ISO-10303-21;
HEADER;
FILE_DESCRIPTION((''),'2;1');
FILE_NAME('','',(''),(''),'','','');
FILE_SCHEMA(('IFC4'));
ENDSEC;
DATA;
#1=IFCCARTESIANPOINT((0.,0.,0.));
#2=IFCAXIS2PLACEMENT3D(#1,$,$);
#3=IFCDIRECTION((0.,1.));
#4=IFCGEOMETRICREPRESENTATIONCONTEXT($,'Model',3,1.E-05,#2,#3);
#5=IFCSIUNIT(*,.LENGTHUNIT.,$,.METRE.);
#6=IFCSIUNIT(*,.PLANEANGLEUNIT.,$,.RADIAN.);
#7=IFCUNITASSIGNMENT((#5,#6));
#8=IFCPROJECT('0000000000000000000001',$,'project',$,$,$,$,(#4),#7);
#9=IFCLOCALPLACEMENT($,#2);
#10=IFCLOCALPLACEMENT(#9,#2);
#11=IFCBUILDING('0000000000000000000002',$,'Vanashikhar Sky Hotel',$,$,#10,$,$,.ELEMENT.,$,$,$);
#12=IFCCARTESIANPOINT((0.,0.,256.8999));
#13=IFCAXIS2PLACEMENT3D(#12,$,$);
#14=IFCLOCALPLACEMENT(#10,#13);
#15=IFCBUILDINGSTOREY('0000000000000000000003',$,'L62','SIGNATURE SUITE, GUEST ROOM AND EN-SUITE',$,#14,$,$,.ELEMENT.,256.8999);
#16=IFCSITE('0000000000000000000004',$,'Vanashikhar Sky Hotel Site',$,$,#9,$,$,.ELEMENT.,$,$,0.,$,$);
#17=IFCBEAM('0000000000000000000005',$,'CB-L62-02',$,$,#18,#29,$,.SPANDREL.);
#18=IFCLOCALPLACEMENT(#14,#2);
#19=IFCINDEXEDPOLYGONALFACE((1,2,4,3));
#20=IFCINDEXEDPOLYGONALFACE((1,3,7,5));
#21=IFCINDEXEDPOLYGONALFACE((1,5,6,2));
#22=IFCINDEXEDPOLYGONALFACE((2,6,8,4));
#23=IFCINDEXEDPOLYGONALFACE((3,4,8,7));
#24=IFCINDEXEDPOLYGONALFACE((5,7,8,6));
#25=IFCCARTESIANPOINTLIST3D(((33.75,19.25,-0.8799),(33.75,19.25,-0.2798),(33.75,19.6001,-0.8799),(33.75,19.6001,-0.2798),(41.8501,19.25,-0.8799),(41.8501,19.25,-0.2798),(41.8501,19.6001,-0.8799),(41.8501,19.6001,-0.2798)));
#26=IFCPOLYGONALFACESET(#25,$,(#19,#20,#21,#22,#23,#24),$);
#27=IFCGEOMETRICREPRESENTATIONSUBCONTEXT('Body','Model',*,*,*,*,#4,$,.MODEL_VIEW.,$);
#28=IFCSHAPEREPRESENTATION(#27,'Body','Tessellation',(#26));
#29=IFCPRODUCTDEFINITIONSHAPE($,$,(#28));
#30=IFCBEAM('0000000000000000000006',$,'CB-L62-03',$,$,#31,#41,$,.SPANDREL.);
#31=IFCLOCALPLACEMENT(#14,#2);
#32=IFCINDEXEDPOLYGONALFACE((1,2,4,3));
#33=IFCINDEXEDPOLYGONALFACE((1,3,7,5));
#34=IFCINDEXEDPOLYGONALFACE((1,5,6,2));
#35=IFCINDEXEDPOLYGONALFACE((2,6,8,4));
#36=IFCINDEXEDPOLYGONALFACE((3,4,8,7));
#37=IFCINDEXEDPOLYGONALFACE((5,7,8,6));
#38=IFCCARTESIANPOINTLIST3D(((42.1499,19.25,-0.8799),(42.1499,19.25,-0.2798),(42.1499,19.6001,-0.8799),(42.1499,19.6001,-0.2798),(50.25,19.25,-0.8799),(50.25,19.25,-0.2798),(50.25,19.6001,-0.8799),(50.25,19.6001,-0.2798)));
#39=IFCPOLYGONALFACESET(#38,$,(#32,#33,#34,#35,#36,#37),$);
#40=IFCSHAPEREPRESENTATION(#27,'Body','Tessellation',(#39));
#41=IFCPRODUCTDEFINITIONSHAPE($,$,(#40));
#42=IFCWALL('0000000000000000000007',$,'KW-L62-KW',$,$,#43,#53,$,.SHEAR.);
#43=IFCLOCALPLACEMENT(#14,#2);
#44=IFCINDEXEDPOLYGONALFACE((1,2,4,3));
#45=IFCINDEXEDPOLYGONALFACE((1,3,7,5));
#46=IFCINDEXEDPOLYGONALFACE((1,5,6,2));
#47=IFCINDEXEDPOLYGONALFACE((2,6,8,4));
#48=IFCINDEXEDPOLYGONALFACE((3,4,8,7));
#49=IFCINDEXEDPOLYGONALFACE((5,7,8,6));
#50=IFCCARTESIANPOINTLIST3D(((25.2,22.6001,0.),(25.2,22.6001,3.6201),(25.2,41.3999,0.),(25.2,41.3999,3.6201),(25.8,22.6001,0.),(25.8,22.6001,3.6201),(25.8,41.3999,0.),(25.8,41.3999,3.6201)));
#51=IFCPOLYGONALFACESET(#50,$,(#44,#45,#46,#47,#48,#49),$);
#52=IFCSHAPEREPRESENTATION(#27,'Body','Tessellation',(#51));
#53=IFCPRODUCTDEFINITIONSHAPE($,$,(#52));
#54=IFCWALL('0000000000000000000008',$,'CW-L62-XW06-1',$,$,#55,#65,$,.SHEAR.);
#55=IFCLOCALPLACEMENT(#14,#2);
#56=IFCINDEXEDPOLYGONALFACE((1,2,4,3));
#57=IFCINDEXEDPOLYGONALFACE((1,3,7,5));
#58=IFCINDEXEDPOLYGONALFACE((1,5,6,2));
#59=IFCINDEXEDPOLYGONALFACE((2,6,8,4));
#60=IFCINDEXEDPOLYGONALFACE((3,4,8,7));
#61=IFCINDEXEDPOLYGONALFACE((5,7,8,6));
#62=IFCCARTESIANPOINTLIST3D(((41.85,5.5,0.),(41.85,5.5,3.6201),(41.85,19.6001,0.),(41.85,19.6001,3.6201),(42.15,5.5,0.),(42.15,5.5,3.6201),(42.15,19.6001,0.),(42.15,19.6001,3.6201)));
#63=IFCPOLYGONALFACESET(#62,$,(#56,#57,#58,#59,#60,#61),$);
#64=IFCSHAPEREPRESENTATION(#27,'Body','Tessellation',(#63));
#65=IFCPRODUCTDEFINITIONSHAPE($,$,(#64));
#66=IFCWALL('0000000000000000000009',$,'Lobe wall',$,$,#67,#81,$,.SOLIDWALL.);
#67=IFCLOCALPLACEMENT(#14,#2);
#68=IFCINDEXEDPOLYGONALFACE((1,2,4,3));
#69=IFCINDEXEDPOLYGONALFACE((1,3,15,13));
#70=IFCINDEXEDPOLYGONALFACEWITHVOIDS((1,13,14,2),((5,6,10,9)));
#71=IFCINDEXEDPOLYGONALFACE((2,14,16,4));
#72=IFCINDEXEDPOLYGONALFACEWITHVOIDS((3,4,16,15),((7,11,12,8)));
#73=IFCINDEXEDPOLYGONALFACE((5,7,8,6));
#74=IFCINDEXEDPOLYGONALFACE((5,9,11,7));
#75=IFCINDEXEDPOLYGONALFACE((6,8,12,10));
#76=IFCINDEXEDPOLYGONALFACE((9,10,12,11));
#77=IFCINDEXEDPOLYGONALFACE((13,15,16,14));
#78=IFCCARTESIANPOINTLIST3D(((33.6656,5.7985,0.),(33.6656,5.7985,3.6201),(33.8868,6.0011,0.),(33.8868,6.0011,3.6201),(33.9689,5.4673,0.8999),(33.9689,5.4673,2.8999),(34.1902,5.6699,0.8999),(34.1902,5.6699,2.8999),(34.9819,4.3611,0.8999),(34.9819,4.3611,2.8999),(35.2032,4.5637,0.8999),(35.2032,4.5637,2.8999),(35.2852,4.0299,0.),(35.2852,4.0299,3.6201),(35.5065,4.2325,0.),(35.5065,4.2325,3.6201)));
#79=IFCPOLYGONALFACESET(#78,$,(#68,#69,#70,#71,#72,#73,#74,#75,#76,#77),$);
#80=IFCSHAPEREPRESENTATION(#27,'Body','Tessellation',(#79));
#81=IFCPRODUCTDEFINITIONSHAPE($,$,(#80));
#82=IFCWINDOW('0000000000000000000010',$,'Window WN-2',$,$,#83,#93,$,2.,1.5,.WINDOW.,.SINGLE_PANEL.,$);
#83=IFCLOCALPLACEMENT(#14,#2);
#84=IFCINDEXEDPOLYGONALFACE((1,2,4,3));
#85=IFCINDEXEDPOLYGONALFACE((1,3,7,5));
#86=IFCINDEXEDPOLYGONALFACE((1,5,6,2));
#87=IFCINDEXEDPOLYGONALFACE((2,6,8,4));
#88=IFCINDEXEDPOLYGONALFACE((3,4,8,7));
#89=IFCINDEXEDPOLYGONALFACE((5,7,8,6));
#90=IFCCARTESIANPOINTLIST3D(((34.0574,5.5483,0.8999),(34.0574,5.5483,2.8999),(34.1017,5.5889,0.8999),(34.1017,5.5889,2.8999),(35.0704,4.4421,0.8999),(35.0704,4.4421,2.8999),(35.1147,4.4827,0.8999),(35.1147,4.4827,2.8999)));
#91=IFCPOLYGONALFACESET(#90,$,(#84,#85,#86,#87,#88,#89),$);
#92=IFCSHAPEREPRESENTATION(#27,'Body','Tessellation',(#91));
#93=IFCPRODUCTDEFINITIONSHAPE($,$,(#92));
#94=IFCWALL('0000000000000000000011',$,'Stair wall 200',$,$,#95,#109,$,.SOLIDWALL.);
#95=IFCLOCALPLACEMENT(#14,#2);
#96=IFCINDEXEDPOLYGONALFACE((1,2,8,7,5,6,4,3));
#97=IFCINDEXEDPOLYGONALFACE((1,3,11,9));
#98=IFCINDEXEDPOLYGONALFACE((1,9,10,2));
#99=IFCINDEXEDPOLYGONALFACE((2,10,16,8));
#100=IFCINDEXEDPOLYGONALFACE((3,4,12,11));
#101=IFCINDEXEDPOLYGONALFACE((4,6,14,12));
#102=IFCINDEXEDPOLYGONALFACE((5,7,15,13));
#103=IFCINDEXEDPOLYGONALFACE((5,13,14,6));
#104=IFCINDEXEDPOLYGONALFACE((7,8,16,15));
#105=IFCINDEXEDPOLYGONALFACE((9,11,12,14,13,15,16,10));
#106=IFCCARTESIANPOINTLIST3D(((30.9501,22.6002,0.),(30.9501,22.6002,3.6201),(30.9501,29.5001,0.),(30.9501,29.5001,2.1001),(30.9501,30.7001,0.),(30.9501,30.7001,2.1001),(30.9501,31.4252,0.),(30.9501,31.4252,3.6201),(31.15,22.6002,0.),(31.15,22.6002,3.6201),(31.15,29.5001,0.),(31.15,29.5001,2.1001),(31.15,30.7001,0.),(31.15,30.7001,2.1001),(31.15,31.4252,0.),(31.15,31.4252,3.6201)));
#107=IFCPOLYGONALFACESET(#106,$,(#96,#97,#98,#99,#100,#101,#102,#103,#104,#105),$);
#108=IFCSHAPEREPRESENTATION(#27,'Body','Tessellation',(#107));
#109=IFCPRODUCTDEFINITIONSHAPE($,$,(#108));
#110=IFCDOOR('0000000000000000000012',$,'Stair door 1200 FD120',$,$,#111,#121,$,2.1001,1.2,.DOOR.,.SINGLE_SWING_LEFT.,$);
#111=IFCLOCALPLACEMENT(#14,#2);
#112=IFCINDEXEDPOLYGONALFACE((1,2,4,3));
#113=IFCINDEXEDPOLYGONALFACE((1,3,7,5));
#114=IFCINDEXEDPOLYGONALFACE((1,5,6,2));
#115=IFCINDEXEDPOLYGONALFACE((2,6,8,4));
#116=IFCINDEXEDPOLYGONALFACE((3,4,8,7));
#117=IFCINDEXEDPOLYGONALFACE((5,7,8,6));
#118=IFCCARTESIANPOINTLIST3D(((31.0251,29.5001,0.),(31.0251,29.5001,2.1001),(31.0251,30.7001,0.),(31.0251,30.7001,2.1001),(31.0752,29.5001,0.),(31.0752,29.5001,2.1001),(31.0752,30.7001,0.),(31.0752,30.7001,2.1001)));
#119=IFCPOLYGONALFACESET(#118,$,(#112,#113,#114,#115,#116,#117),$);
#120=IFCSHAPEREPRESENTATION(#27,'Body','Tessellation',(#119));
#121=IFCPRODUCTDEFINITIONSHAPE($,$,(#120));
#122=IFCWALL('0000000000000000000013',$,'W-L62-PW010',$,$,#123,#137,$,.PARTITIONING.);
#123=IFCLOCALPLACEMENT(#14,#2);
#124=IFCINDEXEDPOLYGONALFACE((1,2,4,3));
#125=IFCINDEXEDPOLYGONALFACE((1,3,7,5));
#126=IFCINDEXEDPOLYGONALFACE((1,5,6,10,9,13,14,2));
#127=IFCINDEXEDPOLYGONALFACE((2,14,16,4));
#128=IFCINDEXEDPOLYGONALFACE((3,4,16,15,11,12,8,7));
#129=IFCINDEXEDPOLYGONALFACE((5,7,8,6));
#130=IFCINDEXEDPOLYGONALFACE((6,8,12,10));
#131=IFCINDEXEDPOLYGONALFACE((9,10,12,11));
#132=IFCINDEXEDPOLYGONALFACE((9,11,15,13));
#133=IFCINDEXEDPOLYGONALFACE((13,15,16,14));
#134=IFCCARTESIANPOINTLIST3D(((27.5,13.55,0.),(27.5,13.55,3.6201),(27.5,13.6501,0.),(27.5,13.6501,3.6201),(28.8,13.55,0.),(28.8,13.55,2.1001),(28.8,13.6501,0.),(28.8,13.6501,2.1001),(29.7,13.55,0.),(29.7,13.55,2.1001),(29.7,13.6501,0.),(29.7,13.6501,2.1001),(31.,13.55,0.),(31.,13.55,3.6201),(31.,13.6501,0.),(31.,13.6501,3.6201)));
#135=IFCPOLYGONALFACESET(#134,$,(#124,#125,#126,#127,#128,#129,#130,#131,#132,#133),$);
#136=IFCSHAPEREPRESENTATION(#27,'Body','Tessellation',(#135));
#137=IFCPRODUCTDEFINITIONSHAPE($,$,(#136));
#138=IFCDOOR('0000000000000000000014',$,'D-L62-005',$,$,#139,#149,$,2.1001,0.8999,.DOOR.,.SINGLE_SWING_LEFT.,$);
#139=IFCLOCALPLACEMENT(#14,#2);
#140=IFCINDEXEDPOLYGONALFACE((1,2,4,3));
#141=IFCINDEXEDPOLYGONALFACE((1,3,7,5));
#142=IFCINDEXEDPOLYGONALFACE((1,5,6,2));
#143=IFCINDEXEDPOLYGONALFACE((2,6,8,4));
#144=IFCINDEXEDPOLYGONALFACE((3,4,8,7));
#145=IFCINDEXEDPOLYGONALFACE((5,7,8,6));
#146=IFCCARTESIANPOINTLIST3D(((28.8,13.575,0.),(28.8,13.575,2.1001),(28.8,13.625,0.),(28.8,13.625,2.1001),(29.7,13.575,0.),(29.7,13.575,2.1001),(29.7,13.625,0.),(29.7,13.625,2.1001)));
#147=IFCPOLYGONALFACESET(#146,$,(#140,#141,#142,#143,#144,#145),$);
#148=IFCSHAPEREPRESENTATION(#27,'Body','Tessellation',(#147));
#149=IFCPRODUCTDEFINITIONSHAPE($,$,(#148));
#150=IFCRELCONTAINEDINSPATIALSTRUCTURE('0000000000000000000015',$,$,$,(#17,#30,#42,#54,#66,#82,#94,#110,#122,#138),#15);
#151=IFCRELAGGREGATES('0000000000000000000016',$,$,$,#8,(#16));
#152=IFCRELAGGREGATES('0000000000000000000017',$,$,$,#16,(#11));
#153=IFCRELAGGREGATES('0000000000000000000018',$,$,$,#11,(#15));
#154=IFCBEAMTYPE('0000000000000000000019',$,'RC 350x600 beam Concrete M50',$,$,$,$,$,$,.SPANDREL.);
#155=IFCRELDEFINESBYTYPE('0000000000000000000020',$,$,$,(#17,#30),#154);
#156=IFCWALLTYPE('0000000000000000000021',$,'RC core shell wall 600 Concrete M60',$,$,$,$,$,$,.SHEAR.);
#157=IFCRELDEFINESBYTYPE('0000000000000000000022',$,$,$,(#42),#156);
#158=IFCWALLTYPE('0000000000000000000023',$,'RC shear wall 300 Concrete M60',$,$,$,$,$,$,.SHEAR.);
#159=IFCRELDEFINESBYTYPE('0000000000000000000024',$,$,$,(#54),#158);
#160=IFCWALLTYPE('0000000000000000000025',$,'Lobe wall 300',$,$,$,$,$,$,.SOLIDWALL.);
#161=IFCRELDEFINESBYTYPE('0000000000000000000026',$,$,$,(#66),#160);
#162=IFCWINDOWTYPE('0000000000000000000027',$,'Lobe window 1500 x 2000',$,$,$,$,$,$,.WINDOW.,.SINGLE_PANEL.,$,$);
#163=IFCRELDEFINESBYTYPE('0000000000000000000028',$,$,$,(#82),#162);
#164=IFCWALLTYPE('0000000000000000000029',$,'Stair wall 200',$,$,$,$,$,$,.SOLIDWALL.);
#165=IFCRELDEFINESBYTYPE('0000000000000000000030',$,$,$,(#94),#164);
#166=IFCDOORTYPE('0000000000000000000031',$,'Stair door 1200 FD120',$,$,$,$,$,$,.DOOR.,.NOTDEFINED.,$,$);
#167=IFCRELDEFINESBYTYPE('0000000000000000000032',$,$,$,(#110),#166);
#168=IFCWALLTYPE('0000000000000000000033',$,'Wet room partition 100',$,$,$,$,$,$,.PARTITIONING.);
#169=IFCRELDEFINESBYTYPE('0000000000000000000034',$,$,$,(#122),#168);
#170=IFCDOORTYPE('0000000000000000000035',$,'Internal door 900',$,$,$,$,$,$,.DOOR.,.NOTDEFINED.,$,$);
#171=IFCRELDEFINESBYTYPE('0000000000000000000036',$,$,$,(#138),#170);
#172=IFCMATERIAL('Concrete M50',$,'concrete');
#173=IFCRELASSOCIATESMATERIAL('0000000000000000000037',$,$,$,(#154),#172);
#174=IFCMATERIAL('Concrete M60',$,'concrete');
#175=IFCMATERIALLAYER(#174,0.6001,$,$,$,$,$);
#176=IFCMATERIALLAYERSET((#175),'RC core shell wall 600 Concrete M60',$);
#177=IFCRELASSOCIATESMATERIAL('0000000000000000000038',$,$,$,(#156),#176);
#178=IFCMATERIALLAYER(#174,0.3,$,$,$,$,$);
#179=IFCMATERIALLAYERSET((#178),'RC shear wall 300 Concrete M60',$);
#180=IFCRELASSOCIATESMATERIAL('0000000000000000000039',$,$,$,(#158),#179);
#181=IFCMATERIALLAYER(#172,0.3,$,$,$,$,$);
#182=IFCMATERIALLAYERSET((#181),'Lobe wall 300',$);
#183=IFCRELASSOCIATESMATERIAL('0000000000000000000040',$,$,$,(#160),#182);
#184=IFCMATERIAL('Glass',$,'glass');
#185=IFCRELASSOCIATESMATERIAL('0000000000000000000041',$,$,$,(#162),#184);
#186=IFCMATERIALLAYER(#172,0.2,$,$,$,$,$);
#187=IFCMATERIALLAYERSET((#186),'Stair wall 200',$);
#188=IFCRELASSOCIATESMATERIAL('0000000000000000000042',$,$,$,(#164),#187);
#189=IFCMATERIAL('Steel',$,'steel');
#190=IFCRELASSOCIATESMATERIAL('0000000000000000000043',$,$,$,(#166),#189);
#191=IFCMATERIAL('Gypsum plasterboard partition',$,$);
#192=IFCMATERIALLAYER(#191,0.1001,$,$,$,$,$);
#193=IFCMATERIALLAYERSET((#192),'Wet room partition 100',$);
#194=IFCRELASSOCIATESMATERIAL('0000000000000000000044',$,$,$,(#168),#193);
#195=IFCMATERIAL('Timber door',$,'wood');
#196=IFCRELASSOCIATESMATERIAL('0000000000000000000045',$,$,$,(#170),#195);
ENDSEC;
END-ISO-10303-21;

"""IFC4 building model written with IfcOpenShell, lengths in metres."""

from ifc_helpers import new_model, si_unit, direction, frame, frame_2d, origin, origin_2d, place, context, subcontext, project, spatial, rectangle, extrude, source, transform, mapped, material, layer, layer_set, material_profile, profile_set, type_object, element, fill, save


model = new_model("IFC4")

# Units and contexts
model_context = context("Model", 3, precision=1e-05, world=origin(), true_north=direction((0.0, 1.0)))
body_context = subcontext(model_context, "Body", "Model", "MODEL_VIEW")
ifc_project = project(units=[si_unit("LENGTHUNIT", "METRE"), si_unit("PLANEANGLEUNIT", "RADIAN")], contexts=[model_context])

# Site, building, storey
site_placement = place(None, origin())
site = spatial("IfcSite", under=ifc_project, at=site_placement, Name="Vanashikhar Sky Hotel Site", CompositionType="ELEMENT", RefElevation=0.0)
building_placement = place(site_placement, origin())
building = spatial("IfcBuilding", under=site, at=building_placement, Name="Vanashikhar Sky Hotel", CompositionType="ELEMENT")
storey_placement = place(building_placement, frame((0.0, 0.0, 256.8999)))
storey = spatial("IfcBuildingStorey", under=building, at=storey_placement, Name="L62", Description="SIGNATURE SUITE, GUEST ROOM AND EN-SUITE", CompositionType="ELEMENT", Elevation=256.8999)

# Beams
ifc_material_1 = material(Name="Concrete M50", Category="concrete")
ifc_material_profile = material_profile(ifc_material_1, rectangle(XDim=0.3501, YDim=0.6001, at=origin_2d()))
ifc_profile_set = profile_set([ifc_material_profile], Name="RC 350x600 beam Concrete M50")
beam_type = type_object("IfcBeamType", Name="RC 350x600 beam Concrete M50", PredefinedType="SPANDREL", material=ifc_profile_set)
shared_shape_1 = source(origin(), body_context, "Body", "SweptSolid", [
    extrude(rectangle(XDim=0.3501, YDim=0.6001, at=origin_2d()), origin(), (0.0, 0.0, 1.0), 8.1001),
])
for number, where, z_axis, x_axis, name in (
    (1, (33.75, 19.425, -0.5798), (1.0, 0.0, 0.0), (0.0, 1.0, 0.0), "CB-L62-02"),
    (2, (42.1499, 19.425, -0.5798), (1.0, 0.0, 0.0), (0.0, 1.0, 0.0), "CB-L62-03"),
):
    element("IfcBeam", number, at=place(storey_placement, frame(where, z_axis=z_axis, x_axis=x_axis)), inside=storey, type_object=beam_type, Name=name, PredefinedType="SPANDREL", context=body_context, shape_type="MappedRepresentation", body=[
        mapped(shared_shape_1, transform((0.0, 0.0, 0.0), scale=1.0)),
    ])

# Walls
ifc_material_2 = material(Name="Concrete M60", Category="concrete")
ifc_layer_1 = layer(ifc_material_2, 0.6001)
ifc_layer_set_1 = layer_set([ifc_layer_1], Name="RC core shell wall 600 Concrete M60")
wall_type_1 = type_object("IfcWallType", Name="RC core shell wall 600 Concrete M60", PredefinedType="SHEAR", material=ifc_layer_set_1)
shared_shape_2 = source(origin(), body_context, "Body", "SweptSolid", [
    extrude(rectangle(XDim=18.7998, YDim=0.6001, at=frame_2d((9.3999, 0.0))), origin(), (0.0, 0.0, 1.0), 3.6201),
])
wall_1_placement = place(storey_placement, frame((25.5, 22.6001, 0.0), z_axis=(0.0, 0.0, 1.0), x_axis=(0.0, 1.0, 0.0)))
element("IfcWall", 3, at=wall_1_placement, inside=storey, type_object=wall_type_1, Name="KW-L62-KW", PredefinedType="SHEAR", context=body_context, shape_type="MappedRepresentation", body=[
    mapped(shared_shape_2, transform((0.0, 0.0, 0.0), scale=1.0)),
])
ifc_layer_2 = layer(ifc_material_2, 0.3)
ifc_layer_set_2 = layer_set([ifc_layer_2], Name="RC shear wall 300 Concrete M60")
wall_type_2 = type_object("IfcWallType", Name="RC shear wall 300 Concrete M60", PredefinedType="SHEAR", material=ifc_layer_set_2)
shared_shape_3 = source(origin(), body_context, "Body", "SweptSolid", [
    extrude(rectangle(XDim=14.1001, YDim=0.3, at=frame_2d((7.05, 0.0))), origin(), (0.0, 0.0, 1.0), 3.6201),
])
wall_2_placement = place(storey_placement, frame((42.0, 5.5, 0.0), z_axis=(0.0, 0.0, 1.0), x_axis=(0.0, 1.0, 0.0)))
element("IfcWall", 4, at=wall_2_placement, inside=storey, type_object=wall_type_2, Name="CW-L62-XW06-1", PredefinedType="SHEAR", context=body_context, shape_type="MappedRepresentation", body=[
    mapped(shared_shape_3, transform((0.0, 0.0, 0.0), scale=1.0)),
])

# Wall, opening, window
ifc_layer_3 = layer(ifc_material_1, 0.3)
ifc_layer_set_3 = layer_set([ifc_layer_3], Name="Lobe wall 300")
wall_type_3 = type_object("IfcWallType", Name="Lobe wall 300", PredefinedType="SOLIDWALL", material=ifc_layer_set_3)
shared_shape_4 = source(origin(), body_context, "Body", "SweptSolid", [
    extrude(rectangle(XDim=2.3982, YDim=0.3, at=frame_2d((1.1992, 0.0))), origin(), (0.0, 0.0, 1.0), 3.6201),
])
wall_3_placement = place(storey_placement, frame((33.7761, 5.8999, 0.0), z_axis=(0.0, 0.0, 1.0), x_axis=(0.675374, -0.737475, 0.0)))
wall_3 = element("IfcWall", 5, at=wall_3_placement, inside=storey, type_object=wall_type_3, Name="Lobe wall", PredefinedType="SOLIDWALL", context=body_context, shape_type="MappedRepresentation", body=[
    mapped(shared_shape_4, transform((0.0, 0.0, 0.0), scale=1.0)),
])
shared_shape_5 = source(origin(), body_context, "Body", "SweptSolid", [
    extrude(rectangle(XDim=1.5, YDim=2.0, at=frame_2d((0.75, 1.0))), frame((0.0, 0.1602, 0.0), z_axis=(0.0, -1.0, 0.0), x_axis=(1.0, 0.0, 0.0)), (0.0, 0.0, 1.0), 0.3201),
])
opening_1_placement = place(wall_3_placement, frame((0.4492, 0.0, 0.8999)))
opening_1 = element("IfcOpeningElement", 6, at=opening_1_placement, cuts=wall_3, PredefinedType="OPENING", context=body_context, shape_type="MappedRepresentation", body=[
    mapped(shared_shape_5, transform((0.0, 0.0, 0.0), scale=1.0)),
])
ifc_material_3 = material(Name="Glass", Category="glass")
window_type = type_object("IfcWindowType", Name="Lobe window 1500 x 2000", PartitioningType="SINGLE_PANEL", PredefinedType="WINDOW", material=ifc_material_3)
shared_shape_6 = source(origin(), body_context, "Body", "SweptSolid", [
    extrude(rectangle(XDim=1.5, YDim=2.0, at=frame_2d((0.75, 1.0))), frame((0.0, 0.03, 0.0), z_axis=(0.0, -1.0, 0.0), x_axis=(1.0, 0.0, 0.0)), (0.0, 0.0, 1.0), 0.0601),
])
window_placement = place(opening_1_placement, origin())
window = element("IfcWindow", 7, at=window_placement, inside=storey, type_object=window_type, Name="Window WN-2", OverallHeight=2.0, OverallWidth=1.5, PartitioningType="SINGLE_PANEL", PredefinedType="WINDOW", context=body_context, shape_type="MappedRepresentation", body=[
    mapped(shared_shape_6, transform((0.0, 0.0, 0.0), scale=1.0)),
])
fill(opening_1, window)

# Walls, openings, doors
ifc_layer_4 = layer(ifc_material_1, 0.2)
ifc_layer_set_4 = layer_set([ifc_layer_4], Name="Stair wall 200")
wall_type_4 = type_object("IfcWallType", Name="Stair wall 200", PredefinedType="SOLIDWALL", material=ifc_layer_set_4)
shared_shape_7 = source(origin(), body_context, "Body", "SweptSolid", [
    extrude(rectangle(XDim=8.825, YDim=0.2, at=frame_2d((4.4126, 0.0))), origin(), (0.0, 0.0, 1.0), 3.6201),
])
wall_4_placement = place(storey_placement, frame((31.05, 22.6001, 0.0), z_axis=(0.0, 0.0, 1.0), x_axis=(0.0, 1.0, 0.0)))
wall_4 = element("IfcWall", 8, at=wall_4_placement, inside=storey, type_object=wall_type_4, Name="Stair wall 200", PredefinedType="SOLIDWALL", context=body_context, shape_type="MappedRepresentation", body=[
    mapped(shared_shape_7, transform((0.0, 0.0, 0.0), scale=1.0)),
])
shared_shape_8 = source(origin(), body_context, "Body", "SweptSolid", [
    extrude(rectangle(XDim=1.2, YDim=2.1001, at=frame_2d((0.6001, 1.05))), frame((0.0, 0.1099, 0.0), z_axis=(0.0, -1.0, 0.0), x_axis=(1.0, 0.0, 0.0)), (0.0, 0.0, 1.0), 0.22),
])
opening_2_placement = place(wall_4_placement, frame((6.8999, 0.0, 0.0)))
opening_2 = element("IfcOpeningElement", 9, at=opening_2_placement, cuts=wall_4, PredefinedType="OPENING", context=body_context, shape_type="MappedRepresentation", body=[
    mapped(shared_shape_8, transform((0.0, 0.0, 0.0), scale=1.0)),
])
ifc_material_4 = material(Name="Steel", Category="steel")
door_type_1 = type_object("IfcDoorType", Name="Stair door 1200 FD120", OperationType="NOTDEFINED", PredefinedType="DOOR", material=ifc_material_4)
shared_shape_9 = source(origin(), body_context, "Body", "SweptSolid", [
    extrude(rectangle(XDim=1.2, YDim=2.1001, at=frame_2d((0.6001, 1.05))), frame((0.0, 0.0249, 0.0), z_axis=(0.0, -1.0, 0.0), x_axis=(1.0, 0.0, 0.0)), (0.0, 0.0, 1.0), 0.05),
])
door_1_placement = place(opening_2_placement, origin())
door_1 = element("IfcDoor", 10, at=door_1_placement, inside=storey, type_object=door_type_1, Name="Stair door 1200 FD120", OperationType="SINGLE_SWING_LEFT", OverallHeight=2.1001, OverallWidth=1.2, PredefinedType="DOOR", context=body_context, shape_type="MappedRepresentation", body=[
    mapped(shared_shape_9, transform((0.0, 0.0, 0.0), scale=1.0)),
])
fill(opening_2, door_1)
ifc_material_5 = material(Name="Gypsum plasterboard partition")
ifc_layer_5 = layer(ifc_material_5, 0.1001)
ifc_layer_set_5 = layer_set([ifc_layer_5], Name="Wet room partition 100")
wall_type_5 = type_object("IfcWallType", Name="Wet room partition 100", PredefinedType="PARTITIONING", material=ifc_layer_set_5)
shared_shape_10 = source(origin(), body_context, "Body", "SweptSolid", [
    extrude(rectangle(XDim=3.5, YDim=0.1001, at=frame_2d((1.75, 0.0))), origin(), (0.0, 0.0, 1.0), 3.6201),
])
wall_5_placement = place(storey_placement, frame((27.5, 13.6001, 0.0), z_axis=(0.0, 0.0, 1.0), x_axis=(1.0, 0.0, 0.0)))
wall_5 = element("IfcWall", 11, at=wall_5_placement, inside=storey, type_object=wall_type_5, Name="W-L62-PW010", PredefinedType="PARTITIONING", context=body_context, shape_type="MappedRepresentation", body=[
    mapped(shared_shape_10, transform((0.0, 0.0, 0.0), scale=1.0)),
])
shared_shape_11 = source(origin(), body_context, "Body", "SweptSolid", [
    extrude(rectangle(XDim=0.8999, YDim=2.1001, at=frame_2d((0.45, 1.05))), frame((0.0, 0.0601, 0.0), z_axis=(0.0, -1.0, 0.0), x_axis=(1.0, 0.0, 0.0)), (0.0, 0.0, 1.0), 0.1201),
])
opening_3_placement = place(wall_5_placement, frame((1.3, 0.0, 0.0)))
opening_3 = element("IfcOpeningElement", 12, at=opening_3_placement, cuts=wall_5, PredefinedType="OPENING", context=body_context, shape_type="MappedRepresentation", body=[
    mapped(shared_shape_11, transform((0.0, 0.0, 0.0), scale=1.0)),
])
ifc_material_6 = material(Name="Timber door", Category="wood")
door_type_2 = type_object("IfcDoorType", Name="Internal door 900", OperationType="NOTDEFINED", PredefinedType="DOOR", material=ifc_material_6)
shared_shape_12 = source(origin(), body_context, "Body", "SweptSolid", [
    extrude(rectangle(XDim=0.8999, YDim=2.1001, at=frame_2d((0.45, 1.05))), frame((0.0, 0.0249, 0.0), z_axis=(0.0, -1.0, 0.0), x_axis=(1.0, 0.0, 0.0)), (0.0, 0.0, 1.0), 0.05),
])
door_2_placement = place(opening_3_placement, origin())
door_2 = element("IfcDoor", 13, at=door_2_placement, inside=storey, type_object=door_type_2, Name="D-L62-005", OperationType="SINGLE_SWING_LEFT", OverallHeight=2.1001, OverallWidth=0.8999, PredefinedType="DOOR", context=body_context, shape_type="MappedRepresentation", body=[
    mapped(shared_shape_12, transform((0.0, 0.0, 0.0), scale=1.0)),
])
fill(opening_3, door_2)

save(model, "model.ifc")
